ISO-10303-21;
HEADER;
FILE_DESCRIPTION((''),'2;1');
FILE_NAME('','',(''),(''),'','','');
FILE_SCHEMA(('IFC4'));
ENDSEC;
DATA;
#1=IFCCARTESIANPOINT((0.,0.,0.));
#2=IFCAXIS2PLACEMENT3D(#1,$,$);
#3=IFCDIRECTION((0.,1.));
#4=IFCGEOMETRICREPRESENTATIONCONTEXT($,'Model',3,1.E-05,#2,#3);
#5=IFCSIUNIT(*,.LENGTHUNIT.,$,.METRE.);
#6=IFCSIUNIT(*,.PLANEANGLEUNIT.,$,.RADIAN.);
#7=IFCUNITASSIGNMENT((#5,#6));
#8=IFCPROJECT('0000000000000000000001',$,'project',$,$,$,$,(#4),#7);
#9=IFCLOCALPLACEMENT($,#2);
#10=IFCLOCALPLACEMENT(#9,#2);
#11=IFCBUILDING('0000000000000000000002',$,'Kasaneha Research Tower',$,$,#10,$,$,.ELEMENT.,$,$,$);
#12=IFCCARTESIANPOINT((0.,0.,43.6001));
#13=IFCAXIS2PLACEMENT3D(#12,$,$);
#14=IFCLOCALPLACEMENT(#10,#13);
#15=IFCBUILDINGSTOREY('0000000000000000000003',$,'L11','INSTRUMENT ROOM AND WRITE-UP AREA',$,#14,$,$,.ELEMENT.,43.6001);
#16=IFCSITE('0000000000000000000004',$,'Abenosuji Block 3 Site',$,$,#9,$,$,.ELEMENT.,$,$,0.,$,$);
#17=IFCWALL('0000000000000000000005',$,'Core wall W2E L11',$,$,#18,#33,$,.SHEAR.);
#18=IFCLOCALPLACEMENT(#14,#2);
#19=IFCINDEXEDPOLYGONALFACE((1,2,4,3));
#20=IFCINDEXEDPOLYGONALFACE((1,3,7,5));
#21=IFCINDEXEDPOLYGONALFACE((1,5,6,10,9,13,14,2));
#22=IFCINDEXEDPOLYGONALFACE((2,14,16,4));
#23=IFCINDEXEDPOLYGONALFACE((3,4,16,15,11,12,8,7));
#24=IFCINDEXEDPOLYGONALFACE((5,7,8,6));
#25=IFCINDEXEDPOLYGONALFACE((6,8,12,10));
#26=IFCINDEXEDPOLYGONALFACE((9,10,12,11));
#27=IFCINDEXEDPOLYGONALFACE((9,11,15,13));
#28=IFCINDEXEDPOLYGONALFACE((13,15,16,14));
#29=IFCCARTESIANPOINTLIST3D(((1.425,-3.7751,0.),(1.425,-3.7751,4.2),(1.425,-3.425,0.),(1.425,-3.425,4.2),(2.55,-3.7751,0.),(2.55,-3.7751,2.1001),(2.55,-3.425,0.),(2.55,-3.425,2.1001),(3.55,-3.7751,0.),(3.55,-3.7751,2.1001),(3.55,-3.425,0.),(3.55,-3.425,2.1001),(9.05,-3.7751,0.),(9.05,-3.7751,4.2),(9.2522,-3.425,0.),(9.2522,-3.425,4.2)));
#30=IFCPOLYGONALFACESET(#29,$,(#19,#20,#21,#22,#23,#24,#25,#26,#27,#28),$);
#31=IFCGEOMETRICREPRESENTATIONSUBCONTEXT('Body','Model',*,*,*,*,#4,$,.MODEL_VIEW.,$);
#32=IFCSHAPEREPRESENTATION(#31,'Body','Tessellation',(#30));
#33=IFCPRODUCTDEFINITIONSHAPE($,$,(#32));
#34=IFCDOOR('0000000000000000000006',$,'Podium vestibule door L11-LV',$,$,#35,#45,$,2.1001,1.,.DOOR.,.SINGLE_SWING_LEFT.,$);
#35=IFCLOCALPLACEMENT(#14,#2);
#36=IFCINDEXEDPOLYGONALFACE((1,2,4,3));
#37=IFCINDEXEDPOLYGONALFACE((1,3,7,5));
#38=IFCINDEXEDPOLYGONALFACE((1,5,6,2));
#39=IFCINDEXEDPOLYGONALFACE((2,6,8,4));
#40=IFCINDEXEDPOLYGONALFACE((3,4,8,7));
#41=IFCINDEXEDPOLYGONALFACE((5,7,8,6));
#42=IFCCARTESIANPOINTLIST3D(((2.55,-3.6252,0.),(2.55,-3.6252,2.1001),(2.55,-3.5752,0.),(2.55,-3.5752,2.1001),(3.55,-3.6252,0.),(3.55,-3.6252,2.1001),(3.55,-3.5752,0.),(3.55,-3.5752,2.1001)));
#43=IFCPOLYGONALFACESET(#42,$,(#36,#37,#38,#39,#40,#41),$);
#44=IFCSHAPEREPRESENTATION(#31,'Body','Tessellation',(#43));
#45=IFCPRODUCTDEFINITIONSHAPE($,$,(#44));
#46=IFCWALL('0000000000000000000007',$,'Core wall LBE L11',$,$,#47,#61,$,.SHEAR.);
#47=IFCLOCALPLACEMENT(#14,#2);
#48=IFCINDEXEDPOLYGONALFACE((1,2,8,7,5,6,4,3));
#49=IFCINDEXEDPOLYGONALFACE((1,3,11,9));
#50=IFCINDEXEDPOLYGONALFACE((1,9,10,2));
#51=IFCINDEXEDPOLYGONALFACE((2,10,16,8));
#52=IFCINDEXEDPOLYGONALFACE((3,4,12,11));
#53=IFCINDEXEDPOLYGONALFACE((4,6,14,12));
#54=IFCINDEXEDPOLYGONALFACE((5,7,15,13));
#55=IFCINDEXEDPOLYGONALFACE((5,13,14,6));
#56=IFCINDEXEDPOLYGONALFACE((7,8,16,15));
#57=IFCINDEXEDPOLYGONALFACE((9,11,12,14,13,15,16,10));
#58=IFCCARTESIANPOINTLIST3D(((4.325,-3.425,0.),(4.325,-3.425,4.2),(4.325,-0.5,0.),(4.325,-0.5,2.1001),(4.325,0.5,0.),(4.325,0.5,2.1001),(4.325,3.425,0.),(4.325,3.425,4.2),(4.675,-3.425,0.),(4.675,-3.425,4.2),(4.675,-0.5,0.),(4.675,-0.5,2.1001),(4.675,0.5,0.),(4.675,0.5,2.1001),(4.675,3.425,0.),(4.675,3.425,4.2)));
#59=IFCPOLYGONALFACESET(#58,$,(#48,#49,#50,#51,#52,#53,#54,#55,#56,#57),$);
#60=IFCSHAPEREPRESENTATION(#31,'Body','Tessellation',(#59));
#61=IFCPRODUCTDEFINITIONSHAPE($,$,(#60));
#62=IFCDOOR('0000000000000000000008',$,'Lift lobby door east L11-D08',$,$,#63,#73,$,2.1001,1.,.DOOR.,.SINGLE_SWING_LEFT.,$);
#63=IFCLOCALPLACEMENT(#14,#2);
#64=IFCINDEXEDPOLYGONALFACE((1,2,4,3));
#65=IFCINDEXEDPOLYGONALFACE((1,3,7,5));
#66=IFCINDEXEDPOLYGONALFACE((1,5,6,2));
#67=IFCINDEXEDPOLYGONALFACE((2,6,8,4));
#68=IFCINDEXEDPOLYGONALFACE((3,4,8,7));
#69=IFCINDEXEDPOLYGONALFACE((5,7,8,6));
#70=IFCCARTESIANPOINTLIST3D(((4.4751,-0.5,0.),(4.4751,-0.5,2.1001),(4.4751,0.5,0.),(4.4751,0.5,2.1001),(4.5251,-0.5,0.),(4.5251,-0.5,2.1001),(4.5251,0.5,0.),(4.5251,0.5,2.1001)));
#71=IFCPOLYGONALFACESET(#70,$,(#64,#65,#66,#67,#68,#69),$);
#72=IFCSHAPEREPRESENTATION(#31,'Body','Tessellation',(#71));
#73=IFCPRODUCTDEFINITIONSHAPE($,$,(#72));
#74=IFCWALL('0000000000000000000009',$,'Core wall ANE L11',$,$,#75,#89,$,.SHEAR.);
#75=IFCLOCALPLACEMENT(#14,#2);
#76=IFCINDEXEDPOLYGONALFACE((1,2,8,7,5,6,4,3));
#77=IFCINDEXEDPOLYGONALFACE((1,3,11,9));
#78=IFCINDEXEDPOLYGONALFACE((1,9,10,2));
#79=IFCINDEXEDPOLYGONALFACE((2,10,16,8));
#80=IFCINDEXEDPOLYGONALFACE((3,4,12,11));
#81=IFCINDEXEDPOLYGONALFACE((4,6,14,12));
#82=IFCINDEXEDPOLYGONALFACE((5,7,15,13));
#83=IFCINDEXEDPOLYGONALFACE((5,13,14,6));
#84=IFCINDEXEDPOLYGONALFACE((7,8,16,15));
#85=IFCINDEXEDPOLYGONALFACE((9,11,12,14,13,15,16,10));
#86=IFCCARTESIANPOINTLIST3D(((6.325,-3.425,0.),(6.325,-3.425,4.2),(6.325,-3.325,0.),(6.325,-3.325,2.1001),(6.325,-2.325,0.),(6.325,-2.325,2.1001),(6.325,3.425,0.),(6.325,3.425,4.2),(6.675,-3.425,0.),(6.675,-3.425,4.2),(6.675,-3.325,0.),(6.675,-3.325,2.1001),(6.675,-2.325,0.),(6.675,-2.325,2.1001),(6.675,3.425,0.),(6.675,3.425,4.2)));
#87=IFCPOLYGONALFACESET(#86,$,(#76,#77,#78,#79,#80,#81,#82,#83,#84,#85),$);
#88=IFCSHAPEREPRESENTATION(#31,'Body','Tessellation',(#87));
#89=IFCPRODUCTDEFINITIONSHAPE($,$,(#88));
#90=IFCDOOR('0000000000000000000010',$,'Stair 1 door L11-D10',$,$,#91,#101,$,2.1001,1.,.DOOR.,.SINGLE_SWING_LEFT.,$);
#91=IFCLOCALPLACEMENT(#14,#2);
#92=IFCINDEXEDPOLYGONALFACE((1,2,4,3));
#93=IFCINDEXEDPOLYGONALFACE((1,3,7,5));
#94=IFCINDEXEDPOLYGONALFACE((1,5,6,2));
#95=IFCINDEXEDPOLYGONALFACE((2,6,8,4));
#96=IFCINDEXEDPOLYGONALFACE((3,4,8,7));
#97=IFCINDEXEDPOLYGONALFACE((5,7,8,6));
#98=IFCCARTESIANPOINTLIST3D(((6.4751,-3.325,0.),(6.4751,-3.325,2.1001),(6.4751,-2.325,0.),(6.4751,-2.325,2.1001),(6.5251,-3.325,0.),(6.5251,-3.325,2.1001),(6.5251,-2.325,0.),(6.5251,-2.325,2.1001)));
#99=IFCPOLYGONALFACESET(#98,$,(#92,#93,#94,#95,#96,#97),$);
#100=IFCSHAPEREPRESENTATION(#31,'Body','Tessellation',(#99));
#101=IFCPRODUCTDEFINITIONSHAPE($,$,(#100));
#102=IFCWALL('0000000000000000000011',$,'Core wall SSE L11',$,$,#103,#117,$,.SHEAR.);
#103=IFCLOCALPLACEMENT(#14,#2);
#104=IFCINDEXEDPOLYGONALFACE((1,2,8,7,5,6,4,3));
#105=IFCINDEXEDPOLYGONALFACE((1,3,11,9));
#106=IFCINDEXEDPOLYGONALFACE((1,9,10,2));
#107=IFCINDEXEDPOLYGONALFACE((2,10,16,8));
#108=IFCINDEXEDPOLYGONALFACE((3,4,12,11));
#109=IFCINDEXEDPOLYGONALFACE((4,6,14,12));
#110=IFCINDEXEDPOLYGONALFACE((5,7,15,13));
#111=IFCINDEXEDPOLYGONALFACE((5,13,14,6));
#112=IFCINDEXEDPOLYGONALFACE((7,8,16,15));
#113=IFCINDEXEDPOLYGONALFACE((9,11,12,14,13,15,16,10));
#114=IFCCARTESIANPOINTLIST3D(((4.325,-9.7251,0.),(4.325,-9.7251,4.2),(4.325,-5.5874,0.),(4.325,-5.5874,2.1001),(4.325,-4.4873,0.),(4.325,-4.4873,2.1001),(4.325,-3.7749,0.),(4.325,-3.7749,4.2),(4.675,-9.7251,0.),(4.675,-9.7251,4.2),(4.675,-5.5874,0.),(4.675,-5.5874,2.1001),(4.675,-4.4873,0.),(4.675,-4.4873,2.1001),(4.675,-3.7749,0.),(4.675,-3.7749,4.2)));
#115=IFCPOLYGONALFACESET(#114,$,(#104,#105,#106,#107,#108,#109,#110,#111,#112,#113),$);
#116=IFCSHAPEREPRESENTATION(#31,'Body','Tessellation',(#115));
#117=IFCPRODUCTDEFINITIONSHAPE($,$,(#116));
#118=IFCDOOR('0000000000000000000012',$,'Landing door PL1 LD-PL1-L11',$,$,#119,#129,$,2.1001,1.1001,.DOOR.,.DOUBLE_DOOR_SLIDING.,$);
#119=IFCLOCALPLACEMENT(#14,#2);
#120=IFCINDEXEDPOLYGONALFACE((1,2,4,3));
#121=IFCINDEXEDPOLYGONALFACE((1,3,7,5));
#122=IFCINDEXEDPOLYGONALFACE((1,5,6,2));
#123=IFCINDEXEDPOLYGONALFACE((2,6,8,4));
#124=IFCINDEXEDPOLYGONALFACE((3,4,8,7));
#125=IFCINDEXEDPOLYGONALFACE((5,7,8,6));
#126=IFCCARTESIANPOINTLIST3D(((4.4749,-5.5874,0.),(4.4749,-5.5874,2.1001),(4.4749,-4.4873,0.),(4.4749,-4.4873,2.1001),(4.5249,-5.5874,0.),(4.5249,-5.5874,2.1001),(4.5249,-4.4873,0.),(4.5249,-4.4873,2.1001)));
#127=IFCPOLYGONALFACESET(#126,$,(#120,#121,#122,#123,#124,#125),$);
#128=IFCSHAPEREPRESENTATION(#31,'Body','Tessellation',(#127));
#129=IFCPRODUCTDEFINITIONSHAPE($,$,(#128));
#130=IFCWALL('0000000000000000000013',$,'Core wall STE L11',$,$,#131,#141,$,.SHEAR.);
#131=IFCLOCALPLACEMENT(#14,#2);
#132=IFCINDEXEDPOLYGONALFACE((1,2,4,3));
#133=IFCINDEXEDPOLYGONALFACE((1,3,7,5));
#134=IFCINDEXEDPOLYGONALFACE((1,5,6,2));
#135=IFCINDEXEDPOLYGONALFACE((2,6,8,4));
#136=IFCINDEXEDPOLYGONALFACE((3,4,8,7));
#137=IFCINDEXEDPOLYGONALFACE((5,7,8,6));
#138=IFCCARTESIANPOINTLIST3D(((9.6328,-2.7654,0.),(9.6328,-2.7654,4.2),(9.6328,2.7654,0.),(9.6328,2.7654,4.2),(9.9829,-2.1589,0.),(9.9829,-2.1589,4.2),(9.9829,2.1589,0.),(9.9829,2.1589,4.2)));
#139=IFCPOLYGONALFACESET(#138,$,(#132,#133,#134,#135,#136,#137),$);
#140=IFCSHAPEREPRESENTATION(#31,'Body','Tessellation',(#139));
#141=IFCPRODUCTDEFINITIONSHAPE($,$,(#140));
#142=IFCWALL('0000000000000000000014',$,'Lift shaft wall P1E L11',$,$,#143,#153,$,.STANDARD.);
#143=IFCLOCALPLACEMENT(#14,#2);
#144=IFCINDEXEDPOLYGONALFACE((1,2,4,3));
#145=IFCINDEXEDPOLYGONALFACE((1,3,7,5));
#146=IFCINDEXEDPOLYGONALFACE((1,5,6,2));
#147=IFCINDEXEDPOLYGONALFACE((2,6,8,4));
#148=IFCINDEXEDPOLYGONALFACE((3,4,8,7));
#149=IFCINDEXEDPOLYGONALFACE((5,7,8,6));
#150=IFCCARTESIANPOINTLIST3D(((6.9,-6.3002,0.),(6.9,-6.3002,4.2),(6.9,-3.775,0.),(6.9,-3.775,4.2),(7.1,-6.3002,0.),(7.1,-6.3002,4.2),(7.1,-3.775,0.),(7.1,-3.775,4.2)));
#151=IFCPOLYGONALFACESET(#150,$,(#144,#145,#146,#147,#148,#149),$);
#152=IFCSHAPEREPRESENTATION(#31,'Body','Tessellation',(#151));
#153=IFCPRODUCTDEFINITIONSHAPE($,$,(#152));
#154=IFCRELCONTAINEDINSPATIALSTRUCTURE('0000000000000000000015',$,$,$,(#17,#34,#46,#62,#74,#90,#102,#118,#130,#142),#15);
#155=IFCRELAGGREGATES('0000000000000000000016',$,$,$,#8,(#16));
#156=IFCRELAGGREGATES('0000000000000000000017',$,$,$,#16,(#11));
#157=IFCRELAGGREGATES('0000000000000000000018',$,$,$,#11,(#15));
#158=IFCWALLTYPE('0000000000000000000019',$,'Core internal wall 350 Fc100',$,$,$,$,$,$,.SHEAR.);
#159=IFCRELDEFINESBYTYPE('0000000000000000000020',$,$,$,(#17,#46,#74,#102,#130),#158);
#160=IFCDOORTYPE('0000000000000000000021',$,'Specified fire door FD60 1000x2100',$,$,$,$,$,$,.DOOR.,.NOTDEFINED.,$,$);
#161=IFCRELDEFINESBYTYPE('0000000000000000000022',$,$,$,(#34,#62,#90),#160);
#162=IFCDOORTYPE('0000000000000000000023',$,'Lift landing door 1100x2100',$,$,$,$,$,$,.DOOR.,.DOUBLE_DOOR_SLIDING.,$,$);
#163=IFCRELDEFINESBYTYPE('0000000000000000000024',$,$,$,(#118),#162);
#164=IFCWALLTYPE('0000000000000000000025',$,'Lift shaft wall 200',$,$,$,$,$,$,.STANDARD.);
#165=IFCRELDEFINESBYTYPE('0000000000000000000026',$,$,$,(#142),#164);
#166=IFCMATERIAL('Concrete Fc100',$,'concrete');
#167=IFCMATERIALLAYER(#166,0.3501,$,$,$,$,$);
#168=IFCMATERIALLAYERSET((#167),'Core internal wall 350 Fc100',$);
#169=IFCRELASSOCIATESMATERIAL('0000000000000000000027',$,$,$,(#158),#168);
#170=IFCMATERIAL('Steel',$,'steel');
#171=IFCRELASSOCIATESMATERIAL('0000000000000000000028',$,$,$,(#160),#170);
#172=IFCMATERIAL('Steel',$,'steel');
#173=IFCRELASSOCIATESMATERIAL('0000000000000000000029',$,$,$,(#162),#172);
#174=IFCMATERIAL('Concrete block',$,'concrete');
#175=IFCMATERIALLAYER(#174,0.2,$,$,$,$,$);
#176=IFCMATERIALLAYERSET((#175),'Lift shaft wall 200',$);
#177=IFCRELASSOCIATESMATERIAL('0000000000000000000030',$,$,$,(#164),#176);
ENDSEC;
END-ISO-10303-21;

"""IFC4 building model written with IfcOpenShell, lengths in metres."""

from ifc_helpers import new_model, si_unit, direction, frame, frame_2d, origin, place, context, subcontext, project, spatial, polyline, rectangle, outline, extrude, material, layer, layer_set, type_object, element, fill, save


model = new_model("IFC4")

# Units and contexts
model_context = context("Model", 3, precision=1e-05, world=origin(), true_north=direction((0.0, 1.0)))
body_context = subcontext(model_context, "Body", "Model", "MODEL_VIEW")
ifc_project = project(units=[si_unit("LENGTHUNIT", "METRE"), si_unit("PLANEANGLEUNIT", "RADIAN")], contexts=[model_context])

# Site, building, storey
site_placement = place(None, origin())
site = spatial("IfcSite", under=ifc_project, at=site_placement, Name="Abenosuji Block 3 Site", CompositionType="ELEMENT", RefElevation=0.0)
building_placement = place(site_placement, origin())
building = spatial("IfcBuilding", under=site, at=building_placement, Name="Kasaneha Research Tower", CompositionType="ELEMENT")
storey_placement = place(building_placement, frame((0.0, 0.0, 43.6001)))
storey = spatial("IfcBuildingStorey", under=building, at=storey_placement, Name="L11", Description="INSTRUMENT ROOM AND WRITE-UP AREA", CompositionType="ELEMENT", Elevation=43.6001)

# Walls, openings, doors
ifc_material_1 = material(Name="Concrete Fc100", Category="concrete")
ifc_layer_1 = layer(ifc_material_1, 0.3501)
ifc_layer_set_1 = layer_set([ifc_layer_1], Name="Core internal wall 350 Fc100")
wall_type_1 = type_object("IfcWallType", Name="Core internal wall 350 Fc100", PredefinedType="SHEAR", material=ifc_layer_set_1)
wall_1_placement = place(storey_placement, frame((1.425, -3.6001, 0.0), z_axis=(0.0, 0.0, 1.0), x_axis=(1.0, 0.0, 0.0)))
wall_1 = element("IfcWall", 1, at=wall_1_placement, inside=storey, type_object=wall_type_1, Name="Core wall W2E L11", PredefinedType="SHEAR", context=body_context, shape_type="SweptSolid", body=[
    extrude(outline(polyline([(0.0, -0.175), (1.125, -0.175), (2.125, -0.175), (7.625, -0.175), (7.8271, 0.175), (2.125, 0.175), (1.125, 0.175), (0.0, 0.175), (0.0, -0.175)])), origin(), (0.0, 0.0, 1.0), 4.2),
])
opening_1_placement = place(wall_1_placement, frame((1.125, 0.0, 0.0)))
opening_1 = element("IfcOpeningElement", 2, at=opening_1_placement, cuts=wall_1, PredefinedType="OPENING", context=body_context, shape_type="SweptSolid", body=[
    extrude(rectangle(XDim=1.0, YDim=2.1001, at=frame_2d((0.5, 1.05))), frame((0.0, 0.1851, 0.0), z_axis=(0.0, -1.0, 0.0), x_axis=(1.0, 0.0, 0.0)), (0.0, 0.0, 1.0), 0.3701),
])
ifc_material_2 = material(Name="Steel", Category="steel")
door_type_1 = type_object("IfcDoorType", Name="Specified fire door FD60 1000x2100", OperationType="NOTDEFINED", PredefinedType="DOOR", material=ifc_material_2)
door_1_placement = place(opening_1_placement, origin())
door_1 = element("IfcDoor", 3, at=door_1_placement, inside=storey, type_object=door_type_1, Name="Podium vestibule door L11-LV", OperationType="SINGLE_SWING_LEFT", OverallHeight=2.1001, OverallWidth=1.0, PredefinedType="DOOR", context=body_context, shape_type="SweptSolid", body=[
    extrude(rectangle(XDim=1.0, YDim=2.1001, at=frame_2d((0.5, 1.05))), frame((0.0, 0.0249, 0.0), z_axis=(0.0, -1.0, 0.0), x_axis=(1.0, 0.0, 0.0)), (0.0, 0.0, 1.0), 0.05),
])
fill(opening_1, door_1)
wall_2_placement = place(storey_placement, frame((4.5, -3.425, 0.0), z_axis=(0.0, 0.0, 1.0), x_axis=(0.0, 1.0, 0.0)))
wall_2 = element("IfcWall", 4, at=wall_2_placement, inside=storey, type_object=wall_type_1, Name="Core wall LBE L11", PredefinedType="SHEAR", context=body_context, shape_type="SweptSolid", body=[
    extrude(rectangle(XDim=6.8501, YDim=0.3501, at=frame_2d((3.425, 0.0))), origin(), (0.0, 0.0, 1.0), 4.2),
])
opening_2_placement = place(wall_2_placement, frame((2.925, 0.0, 0.0)))
opening_2 = element("IfcOpeningElement", 5, at=opening_2_placement, cuts=wall_2, PredefinedType="OPENING", context=body_context, shape_type="SweptSolid", body=[
    extrude(rectangle(XDim=1.0, YDim=2.1001, at=frame_2d((0.5, 1.05))), frame((0.0, 0.1851, 0.0), z_axis=(0.0, -1.0, 0.0), x_axis=(1.0, 0.0, 0.0)), (0.0, 0.0, 1.0), 0.3701),
])
door_2_placement = place(opening_2_placement, origin())
door_2 = element("IfcDoor", 6, at=door_2_placement, inside=storey, type_object=door_type_1, Name="Lift lobby door east L11-D08", OperationType="SINGLE_SWING_LEFT", OverallHeight=2.1001, OverallWidth=1.0, PredefinedType="DOOR", context=body_context, shape_type="SweptSolid", body=[
    extrude(rectangle(XDim=1.0, YDim=2.1001, at=frame_2d((0.5, 1.05))), frame((0.0, 0.0249, 0.0), z_axis=(0.0, -1.0, 0.0), x_axis=(1.0, 0.0, 0.0)), (0.0, 0.0, 1.0), 0.05),
])
fill(opening_2, door_2)
wall_3_placement = place(storey_placement, frame((6.5, -3.425, 0.0), z_axis=(0.0, 0.0, 1.0), x_axis=(0.0, 1.0, 0.0)))
wall_3 = element("IfcWall", 7, at=wall_3_placement, inside=storey, type_object=wall_type_1, Name="Core wall ANE L11", PredefinedType="SHEAR", context=body_context, shape_type="SweptSolid", body=[
    extrude(rectangle(XDim=6.8501, YDim=0.3501, at=frame_2d((3.425, 0.0))), origin(), (0.0, 0.0, 1.0), 4.2),
])
opening_3_placement = place(wall_3_placement, frame((0.1001, 0.0, 0.0)))
opening_3 = element("IfcOpeningElement", 8, at=opening_3_placement, cuts=wall_3, PredefinedType="OPENING", context=body_context, shape_type="SweptSolid", body=[
    extrude(rectangle(XDim=1.0, YDim=2.1001, at=frame_2d((0.5, 1.05))), frame((0.0, 0.1851, 0.0), z_axis=(0.0, -1.0, 0.0), x_axis=(1.0, 0.0, 0.0)), (0.0, 0.0, 1.0), 0.3701),
])
door_3_placement = place(opening_3_placement, origin())
door_3 = element("IfcDoor", 9, at=door_3_placement, inside=storey, type_object=door_type_1, Name="Stair 1 door L11-D10", OperationType="SINGLE_SWING_LEFT", OverallHeight=2.1001, OverallWidth=1.0, PredefinedType="DOOR", context=body_context, shape_type="SweptSolid", body=[
    extrude(rectangle(XDim=1.0, YDim=2.1001, at=frame_2d((0.5, 1.05))), frame((0.0, 0.0249, 0.0), z_axis=(0.0, -1.0, 0.0), x_axis=(1.0, 0.0, 0.0)), (0.0, 0.0, 1.0), 0.05),
])
fill(opening_3, door_3)
wall_4_placement = place(storey_placement, frame((4.5, -3.7749, 0.0), z_axis=(0.0, 0.0, 1.0), x_axis=(0.0, -1.0, 0.0)))
wall_4 = element("IfcWall", 10, at=wall_4_placement, inside=storey, type_object=wall_type_1, Name="Core wall SSE L11", PredefinedType="SHEAR", context=body_context, shape_type="SweptSolid", body=[
    extrude(rectangle(XDim=5.9502, YDim=0.3501, at=frame_2d((2.9751, 0.0))), origin(), (0.0, 0.0, 1.0), 4.2),
])
opening_4_placement = place(wall_4_placement, frame((0.7124, 0.0, 0.0)))
opening_4 = element("IfcOpeningElement", 11, at=opening_4_placement, cuts=wall_4, PredefinedType="OPENING", context=body_context, shape_type="SweptSolid", body=[
    extrude(rectangle(XDim=1.1001, YDim=2.1001, at=frame_2d((0.55, 1.05))), frame((0.0, 0.1851, 0.0), z_axis=(0.0, -1.0, 0.0), x_axis=(1.0, 0.0, 0.0)), (0.0, 0.0, 1.0), 0.3701),
])
ifc_material_3 = material(Name="Steel", Category="steel")
door_type_2 = type_object("IfcDoorType", Name="Lift landing door 1100x2100", OperationType="DOUBLE_DOOR_SLIDING", PredefinedType="DOOR", material=ifc_material_3)
door_4_placement = place(opening_4_placement, origin())
door_4 = element("IfcDoor", 12, at=door_4_placement, inside=storey, type_object=door_type_2, Name="Landing door PL1 LD-PL1-L11", OperationType="DOUBLE_DOOR_SLIDING", OverallHeight=2.1001, OverallWidth=1.1001, PredefinedType="DOOR", context=body_context, shape_type="SweptSolid", body=[
    extrude(rectangle(XDim=1.1001, YDim=2.1001, at=frame_2d((0.55, 1.05))), frame((0.0, 0.0249, 0.0), z_axis=(0.0, -1.0, 0.0), x_axis=(1.0, 0.0, 0.0)), (0.0, 0.0, 1.0), 0.05),
])
fill(opening_4, door_4)

# Walls
wall_5_placement = place(storey_placement, frame((9.8079, -2.4622, 0.0), z_axis=(0.0, 0.0, 1.0), x_axis=(0.0, 1.0, 0.0)))
element("IfcWall", 13, at=wall_5_placement, inside=storey, type_object=wall_type_1, Name="Core wall STE L11", PredefinedType="SHEAR", context=body_context, shape_type="SweptSolid", body=[
    extrude(outline(polyline([(0.3032, -0.175), (4.6211, -0.175), (5.2275, 0.175), (-0.3032, 0.175), (0.3032, -0.175)])), origin(), (0.0, 0.0, 1.0), 4.2),
])
ifc_material_4 = material(Name="Concrete block", Category="concrete")
ifc_layer_2 = layer(ifc_material_4, 0.2)
ifc_layer_set_2 = layer_set([ifc_layer_2], Name="Lift shaft wall 200")
wall_type_2 = type_object("IfcWallType", Name="Lift shaft wall 200", PredefinedType="STANDARD", material=ifc_layer_set_2)
wall_6_placement = place(storey_placement, frame((7.0, -3.7749, 0.0), z_axis=(0.0, 0.0, 1.0), x_axis=(0.0, -1.0, 0.0)))
element("IfcWall", 14, at=wall_6_placement, inside=storey, type_object=wall_type_2, Name="Lift shaft wall P1E L11", PredefinedType="STANDARD", context=body_context, shape_type="SweptSolid", body=[
    extrude(rectangle(XDim=2.5251, YDim=0.2, at=frame_2d((1.2627, 0.0))), origin(), (0.0, 0.0, 1.0), 4.2),
])

save(model, "model.ifc")
